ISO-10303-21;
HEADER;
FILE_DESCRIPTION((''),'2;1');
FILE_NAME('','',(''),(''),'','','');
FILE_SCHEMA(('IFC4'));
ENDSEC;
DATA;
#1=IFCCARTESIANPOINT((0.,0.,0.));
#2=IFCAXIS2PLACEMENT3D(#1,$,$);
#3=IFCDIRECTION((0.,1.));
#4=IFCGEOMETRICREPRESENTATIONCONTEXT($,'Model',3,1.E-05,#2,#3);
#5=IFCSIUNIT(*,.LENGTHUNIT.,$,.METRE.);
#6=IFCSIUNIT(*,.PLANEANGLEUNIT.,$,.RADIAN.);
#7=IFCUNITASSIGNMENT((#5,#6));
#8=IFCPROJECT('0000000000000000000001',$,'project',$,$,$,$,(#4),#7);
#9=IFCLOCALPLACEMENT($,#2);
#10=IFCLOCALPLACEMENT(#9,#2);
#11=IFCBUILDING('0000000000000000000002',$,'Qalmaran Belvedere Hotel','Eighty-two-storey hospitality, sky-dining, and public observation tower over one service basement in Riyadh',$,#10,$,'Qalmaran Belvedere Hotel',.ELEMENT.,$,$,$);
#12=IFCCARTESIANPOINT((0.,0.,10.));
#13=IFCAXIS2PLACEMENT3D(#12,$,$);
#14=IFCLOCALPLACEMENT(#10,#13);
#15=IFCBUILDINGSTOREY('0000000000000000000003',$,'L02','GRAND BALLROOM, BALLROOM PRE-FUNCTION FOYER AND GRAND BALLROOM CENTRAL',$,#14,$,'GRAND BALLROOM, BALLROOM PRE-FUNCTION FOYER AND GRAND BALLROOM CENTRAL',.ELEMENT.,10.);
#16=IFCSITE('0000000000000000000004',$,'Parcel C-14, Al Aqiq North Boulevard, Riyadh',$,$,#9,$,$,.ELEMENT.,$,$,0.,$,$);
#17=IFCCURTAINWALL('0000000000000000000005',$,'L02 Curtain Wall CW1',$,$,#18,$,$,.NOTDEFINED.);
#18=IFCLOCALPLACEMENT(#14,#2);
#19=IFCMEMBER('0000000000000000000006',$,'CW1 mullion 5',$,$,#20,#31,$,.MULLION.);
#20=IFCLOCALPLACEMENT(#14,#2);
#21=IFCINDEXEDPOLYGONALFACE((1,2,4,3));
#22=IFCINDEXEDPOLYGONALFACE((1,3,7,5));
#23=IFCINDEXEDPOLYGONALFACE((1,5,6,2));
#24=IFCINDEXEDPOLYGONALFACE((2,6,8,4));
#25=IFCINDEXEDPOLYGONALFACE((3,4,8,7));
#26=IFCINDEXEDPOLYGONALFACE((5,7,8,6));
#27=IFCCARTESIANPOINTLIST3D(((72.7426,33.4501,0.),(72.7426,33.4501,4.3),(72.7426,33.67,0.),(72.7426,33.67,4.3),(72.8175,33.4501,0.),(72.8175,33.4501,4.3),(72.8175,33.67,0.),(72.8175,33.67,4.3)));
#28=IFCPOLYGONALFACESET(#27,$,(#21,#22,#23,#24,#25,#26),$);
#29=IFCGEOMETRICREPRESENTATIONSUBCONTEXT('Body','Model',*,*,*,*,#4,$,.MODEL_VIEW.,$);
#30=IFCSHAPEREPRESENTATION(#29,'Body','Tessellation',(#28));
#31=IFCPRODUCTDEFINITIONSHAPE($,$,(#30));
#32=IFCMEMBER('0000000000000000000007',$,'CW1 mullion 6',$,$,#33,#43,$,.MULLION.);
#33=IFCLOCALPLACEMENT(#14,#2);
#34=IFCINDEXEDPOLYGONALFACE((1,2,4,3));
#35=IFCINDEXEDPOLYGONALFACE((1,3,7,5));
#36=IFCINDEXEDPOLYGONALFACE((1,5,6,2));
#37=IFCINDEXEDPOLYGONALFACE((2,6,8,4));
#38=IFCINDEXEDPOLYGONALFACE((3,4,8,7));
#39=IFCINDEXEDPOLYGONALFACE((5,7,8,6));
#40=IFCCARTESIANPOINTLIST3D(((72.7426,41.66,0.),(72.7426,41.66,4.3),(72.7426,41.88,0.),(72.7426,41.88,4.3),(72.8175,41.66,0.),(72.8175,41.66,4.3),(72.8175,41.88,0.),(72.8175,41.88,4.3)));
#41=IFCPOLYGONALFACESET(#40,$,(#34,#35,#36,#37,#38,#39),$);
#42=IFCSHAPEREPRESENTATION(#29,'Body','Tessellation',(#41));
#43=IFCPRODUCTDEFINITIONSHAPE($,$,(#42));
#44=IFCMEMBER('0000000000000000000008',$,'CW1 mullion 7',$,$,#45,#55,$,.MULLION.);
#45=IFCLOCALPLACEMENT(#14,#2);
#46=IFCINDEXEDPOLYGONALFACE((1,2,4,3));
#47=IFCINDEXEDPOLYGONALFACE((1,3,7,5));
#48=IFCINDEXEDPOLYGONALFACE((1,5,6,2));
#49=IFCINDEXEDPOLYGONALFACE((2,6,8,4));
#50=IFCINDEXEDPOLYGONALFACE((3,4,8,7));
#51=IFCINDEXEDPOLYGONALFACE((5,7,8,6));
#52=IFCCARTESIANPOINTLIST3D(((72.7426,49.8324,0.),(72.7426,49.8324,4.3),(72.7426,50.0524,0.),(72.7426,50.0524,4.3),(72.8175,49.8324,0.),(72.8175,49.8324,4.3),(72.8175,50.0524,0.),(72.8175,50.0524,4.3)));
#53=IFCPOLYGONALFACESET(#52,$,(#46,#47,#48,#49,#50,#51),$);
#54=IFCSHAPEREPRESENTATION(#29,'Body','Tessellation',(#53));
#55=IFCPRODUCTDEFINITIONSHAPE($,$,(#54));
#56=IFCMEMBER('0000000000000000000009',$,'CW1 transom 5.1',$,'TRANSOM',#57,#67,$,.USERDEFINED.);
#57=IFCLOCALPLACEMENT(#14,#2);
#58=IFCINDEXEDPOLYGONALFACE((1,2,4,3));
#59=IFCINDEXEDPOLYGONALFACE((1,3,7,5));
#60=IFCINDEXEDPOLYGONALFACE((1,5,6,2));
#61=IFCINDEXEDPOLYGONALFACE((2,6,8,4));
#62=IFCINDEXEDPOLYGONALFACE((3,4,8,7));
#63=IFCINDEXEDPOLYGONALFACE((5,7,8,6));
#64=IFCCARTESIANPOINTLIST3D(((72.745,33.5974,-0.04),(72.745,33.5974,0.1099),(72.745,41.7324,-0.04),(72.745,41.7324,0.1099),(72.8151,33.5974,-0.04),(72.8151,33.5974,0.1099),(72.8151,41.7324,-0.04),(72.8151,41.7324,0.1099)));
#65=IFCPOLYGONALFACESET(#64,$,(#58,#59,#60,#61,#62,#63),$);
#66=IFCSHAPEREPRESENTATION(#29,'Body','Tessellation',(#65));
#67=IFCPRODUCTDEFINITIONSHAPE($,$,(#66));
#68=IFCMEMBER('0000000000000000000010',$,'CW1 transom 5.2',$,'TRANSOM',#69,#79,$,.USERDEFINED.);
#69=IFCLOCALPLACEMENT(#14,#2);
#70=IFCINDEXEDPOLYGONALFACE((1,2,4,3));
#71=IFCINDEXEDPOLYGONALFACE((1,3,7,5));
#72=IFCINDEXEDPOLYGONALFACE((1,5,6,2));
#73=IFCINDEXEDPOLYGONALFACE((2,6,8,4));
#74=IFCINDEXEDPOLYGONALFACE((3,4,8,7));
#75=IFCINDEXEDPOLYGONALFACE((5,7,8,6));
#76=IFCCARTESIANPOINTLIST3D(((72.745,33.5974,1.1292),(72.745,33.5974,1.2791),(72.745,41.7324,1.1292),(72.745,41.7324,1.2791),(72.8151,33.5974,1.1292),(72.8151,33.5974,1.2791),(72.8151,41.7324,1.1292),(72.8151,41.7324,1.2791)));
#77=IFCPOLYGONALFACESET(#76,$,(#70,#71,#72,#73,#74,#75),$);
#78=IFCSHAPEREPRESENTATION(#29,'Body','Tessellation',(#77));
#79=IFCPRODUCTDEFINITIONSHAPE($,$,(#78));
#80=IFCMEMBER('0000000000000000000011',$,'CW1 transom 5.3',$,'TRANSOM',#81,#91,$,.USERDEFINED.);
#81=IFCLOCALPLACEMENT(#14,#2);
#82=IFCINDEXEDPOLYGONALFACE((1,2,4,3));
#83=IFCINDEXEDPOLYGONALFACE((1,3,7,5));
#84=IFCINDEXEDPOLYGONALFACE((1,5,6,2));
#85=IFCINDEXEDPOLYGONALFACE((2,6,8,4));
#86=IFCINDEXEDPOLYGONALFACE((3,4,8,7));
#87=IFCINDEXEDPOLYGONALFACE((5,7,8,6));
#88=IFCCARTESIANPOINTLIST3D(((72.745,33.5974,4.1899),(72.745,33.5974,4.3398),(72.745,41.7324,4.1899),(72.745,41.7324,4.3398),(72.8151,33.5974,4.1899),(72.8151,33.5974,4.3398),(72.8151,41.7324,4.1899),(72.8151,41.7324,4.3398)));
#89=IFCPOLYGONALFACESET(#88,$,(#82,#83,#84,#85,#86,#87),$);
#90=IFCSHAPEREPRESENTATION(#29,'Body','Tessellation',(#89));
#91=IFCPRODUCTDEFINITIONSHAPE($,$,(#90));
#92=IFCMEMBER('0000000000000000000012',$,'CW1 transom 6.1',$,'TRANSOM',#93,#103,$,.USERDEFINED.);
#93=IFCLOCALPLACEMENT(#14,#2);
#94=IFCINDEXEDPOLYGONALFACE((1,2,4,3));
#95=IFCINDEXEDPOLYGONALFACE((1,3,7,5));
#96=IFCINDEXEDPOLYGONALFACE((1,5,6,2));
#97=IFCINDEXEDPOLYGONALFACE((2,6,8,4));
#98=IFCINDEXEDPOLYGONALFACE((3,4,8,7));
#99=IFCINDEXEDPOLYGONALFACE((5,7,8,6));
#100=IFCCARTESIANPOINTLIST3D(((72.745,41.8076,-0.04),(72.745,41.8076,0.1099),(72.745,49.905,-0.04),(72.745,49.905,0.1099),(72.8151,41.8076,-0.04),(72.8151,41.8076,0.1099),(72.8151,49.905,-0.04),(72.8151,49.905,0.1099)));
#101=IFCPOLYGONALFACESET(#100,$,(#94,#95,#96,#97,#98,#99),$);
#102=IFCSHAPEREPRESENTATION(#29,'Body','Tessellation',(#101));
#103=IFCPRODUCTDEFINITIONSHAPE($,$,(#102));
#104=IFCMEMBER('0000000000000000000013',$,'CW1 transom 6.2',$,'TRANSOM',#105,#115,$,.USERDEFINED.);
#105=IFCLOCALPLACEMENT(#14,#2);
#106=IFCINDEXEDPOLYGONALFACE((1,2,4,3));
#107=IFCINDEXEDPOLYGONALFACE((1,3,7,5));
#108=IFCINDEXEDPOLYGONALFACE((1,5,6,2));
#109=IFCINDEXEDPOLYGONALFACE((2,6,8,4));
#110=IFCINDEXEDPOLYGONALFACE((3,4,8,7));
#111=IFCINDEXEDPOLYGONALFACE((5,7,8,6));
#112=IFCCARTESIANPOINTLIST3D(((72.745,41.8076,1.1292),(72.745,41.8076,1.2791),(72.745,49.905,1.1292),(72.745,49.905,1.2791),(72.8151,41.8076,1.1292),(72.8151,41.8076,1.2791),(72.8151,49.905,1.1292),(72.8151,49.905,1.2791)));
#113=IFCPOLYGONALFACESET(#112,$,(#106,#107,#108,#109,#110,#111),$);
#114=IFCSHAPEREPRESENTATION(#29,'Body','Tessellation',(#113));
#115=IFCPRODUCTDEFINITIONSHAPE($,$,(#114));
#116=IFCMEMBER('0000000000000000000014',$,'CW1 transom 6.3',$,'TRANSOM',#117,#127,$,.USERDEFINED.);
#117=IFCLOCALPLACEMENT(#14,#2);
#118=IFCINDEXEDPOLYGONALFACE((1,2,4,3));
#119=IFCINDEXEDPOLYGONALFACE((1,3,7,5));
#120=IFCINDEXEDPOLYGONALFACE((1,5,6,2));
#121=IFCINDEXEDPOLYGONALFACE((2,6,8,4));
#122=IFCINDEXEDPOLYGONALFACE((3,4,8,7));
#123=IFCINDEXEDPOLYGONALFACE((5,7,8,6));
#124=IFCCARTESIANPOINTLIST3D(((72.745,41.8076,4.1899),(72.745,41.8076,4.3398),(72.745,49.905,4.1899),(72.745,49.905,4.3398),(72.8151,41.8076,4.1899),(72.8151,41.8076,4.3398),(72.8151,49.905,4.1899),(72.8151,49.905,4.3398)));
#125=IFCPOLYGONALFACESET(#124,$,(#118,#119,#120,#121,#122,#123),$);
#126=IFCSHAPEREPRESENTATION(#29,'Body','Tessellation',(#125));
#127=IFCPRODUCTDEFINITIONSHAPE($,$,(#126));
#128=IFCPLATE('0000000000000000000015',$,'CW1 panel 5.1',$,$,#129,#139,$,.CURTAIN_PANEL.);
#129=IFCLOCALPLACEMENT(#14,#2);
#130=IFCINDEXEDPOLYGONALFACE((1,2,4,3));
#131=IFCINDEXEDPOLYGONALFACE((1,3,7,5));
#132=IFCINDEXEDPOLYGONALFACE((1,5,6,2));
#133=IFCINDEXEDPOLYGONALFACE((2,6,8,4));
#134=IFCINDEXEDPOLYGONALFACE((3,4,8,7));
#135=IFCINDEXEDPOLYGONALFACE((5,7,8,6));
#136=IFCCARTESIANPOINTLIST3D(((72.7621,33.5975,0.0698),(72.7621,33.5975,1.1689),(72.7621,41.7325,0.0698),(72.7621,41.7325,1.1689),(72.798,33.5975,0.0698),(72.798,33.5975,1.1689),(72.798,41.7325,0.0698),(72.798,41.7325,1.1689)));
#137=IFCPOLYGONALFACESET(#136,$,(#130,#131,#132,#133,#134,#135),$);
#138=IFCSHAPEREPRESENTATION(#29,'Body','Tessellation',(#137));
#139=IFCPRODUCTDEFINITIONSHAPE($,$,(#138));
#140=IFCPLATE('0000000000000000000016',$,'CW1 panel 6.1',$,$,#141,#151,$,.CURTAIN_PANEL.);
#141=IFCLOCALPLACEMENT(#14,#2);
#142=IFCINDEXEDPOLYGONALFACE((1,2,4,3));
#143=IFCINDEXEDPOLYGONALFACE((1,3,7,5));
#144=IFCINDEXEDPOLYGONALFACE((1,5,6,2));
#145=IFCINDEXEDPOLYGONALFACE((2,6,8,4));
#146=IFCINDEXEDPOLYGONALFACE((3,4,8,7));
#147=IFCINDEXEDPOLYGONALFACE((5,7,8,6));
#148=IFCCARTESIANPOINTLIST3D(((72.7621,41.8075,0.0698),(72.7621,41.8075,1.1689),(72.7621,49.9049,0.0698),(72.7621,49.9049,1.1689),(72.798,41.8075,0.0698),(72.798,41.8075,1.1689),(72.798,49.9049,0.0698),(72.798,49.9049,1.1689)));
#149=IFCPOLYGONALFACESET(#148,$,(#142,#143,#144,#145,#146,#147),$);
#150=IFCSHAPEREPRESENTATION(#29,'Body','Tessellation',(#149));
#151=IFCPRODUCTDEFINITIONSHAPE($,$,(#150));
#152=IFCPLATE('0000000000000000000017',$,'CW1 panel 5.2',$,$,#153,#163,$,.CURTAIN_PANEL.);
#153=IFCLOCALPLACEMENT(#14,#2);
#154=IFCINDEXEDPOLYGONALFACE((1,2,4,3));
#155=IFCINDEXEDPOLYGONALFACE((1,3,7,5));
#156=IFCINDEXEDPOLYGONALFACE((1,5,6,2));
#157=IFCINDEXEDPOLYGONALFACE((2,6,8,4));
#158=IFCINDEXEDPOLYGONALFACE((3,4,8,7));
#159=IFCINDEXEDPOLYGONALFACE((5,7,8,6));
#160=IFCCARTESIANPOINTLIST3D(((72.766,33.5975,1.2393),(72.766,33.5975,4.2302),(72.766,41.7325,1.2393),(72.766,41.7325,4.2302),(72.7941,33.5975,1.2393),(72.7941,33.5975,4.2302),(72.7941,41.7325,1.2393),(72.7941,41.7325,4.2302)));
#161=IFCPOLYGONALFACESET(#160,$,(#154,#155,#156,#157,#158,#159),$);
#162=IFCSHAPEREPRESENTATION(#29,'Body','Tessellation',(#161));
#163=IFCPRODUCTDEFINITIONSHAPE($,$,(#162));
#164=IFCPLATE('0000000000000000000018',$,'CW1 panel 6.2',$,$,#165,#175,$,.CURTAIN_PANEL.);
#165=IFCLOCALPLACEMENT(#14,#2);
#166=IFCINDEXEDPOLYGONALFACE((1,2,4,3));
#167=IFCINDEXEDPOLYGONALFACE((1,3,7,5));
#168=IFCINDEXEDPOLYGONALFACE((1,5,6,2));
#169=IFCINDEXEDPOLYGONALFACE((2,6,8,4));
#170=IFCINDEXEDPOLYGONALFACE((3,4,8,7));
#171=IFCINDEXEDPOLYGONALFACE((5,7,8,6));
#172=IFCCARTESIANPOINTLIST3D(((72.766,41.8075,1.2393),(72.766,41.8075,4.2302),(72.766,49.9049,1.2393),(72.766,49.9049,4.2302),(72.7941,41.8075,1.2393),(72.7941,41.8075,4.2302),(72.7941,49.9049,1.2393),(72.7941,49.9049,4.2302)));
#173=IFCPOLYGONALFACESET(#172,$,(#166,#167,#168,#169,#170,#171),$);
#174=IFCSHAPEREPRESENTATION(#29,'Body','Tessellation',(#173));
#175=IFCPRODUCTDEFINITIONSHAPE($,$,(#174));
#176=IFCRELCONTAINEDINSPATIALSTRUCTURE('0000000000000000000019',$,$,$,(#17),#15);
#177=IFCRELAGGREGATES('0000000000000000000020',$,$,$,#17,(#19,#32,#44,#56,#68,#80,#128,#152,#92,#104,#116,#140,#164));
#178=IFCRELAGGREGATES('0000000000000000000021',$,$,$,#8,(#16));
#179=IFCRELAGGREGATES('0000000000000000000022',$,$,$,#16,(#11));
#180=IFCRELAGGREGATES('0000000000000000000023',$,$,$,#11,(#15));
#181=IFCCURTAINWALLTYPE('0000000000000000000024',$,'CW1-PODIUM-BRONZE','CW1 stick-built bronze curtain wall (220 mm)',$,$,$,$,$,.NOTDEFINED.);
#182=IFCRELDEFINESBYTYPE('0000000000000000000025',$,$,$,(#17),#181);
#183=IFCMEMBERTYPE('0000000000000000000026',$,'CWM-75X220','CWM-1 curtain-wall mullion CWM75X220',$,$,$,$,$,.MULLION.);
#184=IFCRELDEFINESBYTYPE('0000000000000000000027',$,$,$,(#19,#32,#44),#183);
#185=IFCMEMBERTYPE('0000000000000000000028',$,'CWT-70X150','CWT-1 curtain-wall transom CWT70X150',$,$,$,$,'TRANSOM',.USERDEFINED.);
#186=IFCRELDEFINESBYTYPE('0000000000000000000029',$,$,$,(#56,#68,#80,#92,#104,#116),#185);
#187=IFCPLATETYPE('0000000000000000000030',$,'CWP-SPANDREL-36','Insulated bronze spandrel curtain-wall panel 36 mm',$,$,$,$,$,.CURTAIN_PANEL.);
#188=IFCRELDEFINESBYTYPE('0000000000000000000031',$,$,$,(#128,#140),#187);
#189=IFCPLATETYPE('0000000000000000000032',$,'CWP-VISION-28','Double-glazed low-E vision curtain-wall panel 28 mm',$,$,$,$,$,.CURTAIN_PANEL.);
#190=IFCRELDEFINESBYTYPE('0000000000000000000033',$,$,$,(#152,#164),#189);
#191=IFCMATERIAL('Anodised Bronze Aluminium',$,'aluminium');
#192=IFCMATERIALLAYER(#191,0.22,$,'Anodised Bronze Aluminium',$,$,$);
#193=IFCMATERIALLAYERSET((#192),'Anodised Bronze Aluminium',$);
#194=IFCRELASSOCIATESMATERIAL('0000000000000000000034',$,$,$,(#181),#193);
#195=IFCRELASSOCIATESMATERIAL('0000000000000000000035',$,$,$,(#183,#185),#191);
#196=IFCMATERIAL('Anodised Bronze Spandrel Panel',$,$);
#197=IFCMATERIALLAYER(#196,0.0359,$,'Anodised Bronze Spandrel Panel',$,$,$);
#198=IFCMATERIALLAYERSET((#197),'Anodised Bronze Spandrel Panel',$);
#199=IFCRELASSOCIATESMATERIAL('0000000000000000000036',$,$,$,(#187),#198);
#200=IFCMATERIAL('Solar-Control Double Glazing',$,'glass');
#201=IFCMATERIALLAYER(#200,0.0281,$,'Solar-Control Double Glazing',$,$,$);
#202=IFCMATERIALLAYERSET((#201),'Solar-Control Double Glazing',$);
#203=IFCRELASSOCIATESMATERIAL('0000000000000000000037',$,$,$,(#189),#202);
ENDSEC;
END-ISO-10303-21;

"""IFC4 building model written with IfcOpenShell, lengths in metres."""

from ifc_helpers import new_model, si_unit, direction, frame, origin, origin_2d, place, context, subcontext, project, spatial, rectangle, extrude, material, layer, layer_set, material_profile, profile_set, type_object, element, aggregate, save


model = new_model("IFC4")

# Units and contexts
model_context = context("Model", 3, precision=1e-05, world=origin(), true_north=direction((0.0, 1.0)))
body_context = subcontext(model_context, "Body", "Model", "MODEL_VIEW")
ifc_project = project(units=[si_unit("LENGTHUNIT", "METRE"), si_unit("PLANEANGLEUNIT", "RADIAN")], contexts=[model_context])

# Site, building, storey
site_placement = place(None, origin())
site = spatial("IfcSite", under=ifc_project, at=site_placement, Name="Parcel C-14, Al Aqiq North Boulevard, Riyadh", CompositionType="ELEMENT", RefElevation=0.0)
building_placement = place(site_placement, origin())
building = spatial("IfcBuilding", under=site, at=building_placement, Name="Qalmaran Belvedere Hotel", Description="Eighty-two-storey hospitality, sky-dining, and public observation tower over one service basement in Riyadh", LongName="Qalmaran Belvedere Hotel", CompositionType="ELEMENT")
storey_placement = place(building_placement, frame((0.0, 0.0, 10.0)))
storey = spatial("IfcBuildingStorey", under=building, at=storey_placement, Name="L02", Description="GRAND BALLROOM, BALLROOM PRE-FUNCTION FOYER AND GRAND BALLROOM CENTRAL", LongName="GRAND BALLROOM, BALLROOM PRE-FUNCTION FOYER AND GRAND BALLROOM CENTRAL", CompositionType="ELEMENT", Elevation=10.0)

# Curtain wall, members, plates
ifc_material_1 = material(Name="Anodised Bronze Aluminium", Category="aluminium")
ifc_layer_1 = layer(ifc_material_1, 0.22, Name="Anodised Bronze Aluminium")
ifc_layer_set_1 = layer_set([ifc_layer_1], Name="Anodised Bronze Aluminium")
curtain_wall_type = type_object("IfcCurtainWallType", Name="CW1-PODIUM-BRONZE", Description="CW1 stick-built bronze curtain wall (220 mm)", PredefinedType="NOTDEFINED", material=ifc_layer_set_1)
curtain_wall_placement = place(storey_placement, origin())
curtain_wall = element("IfcCurtainWall", 1, at=curtain_wall_placement, inside=storey, type_object=curtain_wall_type, Name="L02 Curtain Wall CW1", PredefinedType="NOTDEFINED")
ifc_material_profile_1 = material_profile(ifc_material_1, rectangle(XDim=0.075, YDim=0.22, at=origin_2d()), Name="CWM75X220")
ifc_profile_set_1 = profile_set([ifc_material_profile_1], Name="Anodised Bronze Aluminium")
member_type_1 = type_object("IfcMemberType", Name="CWM-75X220", Description="CWM-1 curtain-wall mullion CWM75X220", PredefinedType="MULLION", material=ifc_profile_set_1)
member_1_placement = place(storey_placement, frame((72.78, 33.5601, 0.0), z_axis=(0.0, 0.0, 1.0), x_axis=(-1.0, 0.0, 0.0)))
member_1 = element("IfcMember", 2, at=member_1_placement, type_object=member_type_1, Name="CW1 mullion 5", PredefinedType="MULLION", context=body_context, shape_type="SweptSolid", body=[
    extrude(rectangle(XDim=0.075, YDim=0.22, at=origin_2d()), origin(), (0.0, 0.0, 1.0), 4.3),
])
member_2_placement = place(storey_placement, frame((72.78, 41.77, 0.0), z_axis=(0.0, 0.0, 1.0), x_axis=(-1.0, 0.0, 0.0)))
member_2 = element("IfcMember", 3, at=member_2_placement, type_object=member_type_1, Name="CW1 mullion 6", PredefinedType="MULLION", context=body_context, shape_type="SweptSolid", body=[
    extrude(rectangle(XDim=0.075, YDim=0.22, at=origin_2d()), origin(), (0.0, 0.0, 1.0), 4.3),
])
member_3_placement = place(storey_placement, frame((72.78, 49.9424, 0.0), z_axis=(0.0, 0.0, 1.0), x_axis=(-1.0, 0.0, 0.0)))
member_3 = element("IfcMember", 4, at=member_3_placement, type_object=member_type_1, Name="CW1 mullion 7", PredefinedType="MULLION", context=body_context, shape_type="SweptSolid", body=[
    extrude(rectangle(XDim=0.075, YDim=0.22, at=origin_2d()), origin(), (0.0, 0.0, 1.0), 4.3),
])
ifc_material_profile_2 = material_profile(ifc_material_1, rectangle(XDim=0.0701, YDim=0.1499, at=origin_2d()), Name="CWT70X150")
ifc_profile_set_2 = profile_set([ifc_material_profile_2], Name="Anodised Bronze Aluminium")
member_type_2 = type_object("IfcMemberType", Name="CWT-70X150", Description="CWT-1 curtain-wall transom CWT70X150", ElementType="TRANSOM", PredefinedType="USERDEFINED", material=ifc_profile_set_2)
member_4_placement = place(storey_placement, frame((72.78, 33.5974, 0.0349), z_axis=(0.0, 1.0, 0.0), x_axis=(-1.0, 0.0, 0.0)))
member_4 = element("IfcMember", 5, at=member_4_placement, type_object=member_type_2, Name="CW1 transom 5.1", ObjectType="TRANSOM", PredefinedType="USERDEFINED", context=body_context, shape_type="SweptSolid", body=[
    extrude(rectangle(XDim=0.0701, YDim=0.1499, at=origin_2d()), origin(), (0.0, 0.0, 1.0), 8.135),
])
member_5_placement = place(storey_placement, frame((72.78, 33.5974, 1.2041), z_axis=(0.0, 1.0, 0.0), x_axis=(-1.0, 0.0, 0.0)))
member_5 = element("IfcMember", 6, at=member_5_placement, type_object=member_type_2, Name="CW1 transom 5.2", ObjectType="TRANSOM", PredefinedType="USERDEFINED", context=body_context, shape_type="SweptSolid", body=[
    extrude(rectangle(XDim=0.0701, YDim=0.1499, at=origin_2d()), origin(), (0.0, 0.0, 1.0), 8.135),
])
member_6_placement = place(storey_placement, frame((72.78, 33.5974, 4.2649), z_axis=(0.0, 1.0, 0.0), x_axis=(-1.0, 0.0, 0.0)))
member_6 = element("IfcMember", 7, at=member_6_placement, type_object=member_type_2, Name="CW1 transom 5.3", ObjectType="TRANSOM", PredefinedType="USERDEFINED", context=body_context, shape_type="SweptSolid", body=[
    extrude(rectangle(XDim=0.0701, YDim=0.1499, at=origin_2d()), origin(), (0.0, 0.0, 1.0), 8.135),
])
member_7_placement = place(storey_placement, frame((72.78, 41.8076, 0.0349), z_axis=(0.0, 1.0, 0.0), x_axis=(-1.0, 0.0, 0.0)))
member_7 = element("IfcMember", 8, at=member_7_placement, type_object=member_type_2, Name="CW1 transom 6.1", ObjectType="TRANSOM", PredefinedType="USERDEFINED", context=body_context, shape_type="SweptSolid", body=[
    extrude(rectangle(XDim=0.0701, YDim=0.1499, at=origin_2d()), origin(), (0.0, 0.0, 1.0), 8.0974),
])
member_8_placement = place(storey_placement, frame((72.78, 41.8076, 1.2041), z_axis=(0.0, 1.0, 0.0), x_axis=(-1.0, 0.0, 0.0)))
member_8 = element("IfcMember", 9, at=member_8_placement, type_object=member_type_2, Name="CW1 transom 6.2", ObjectType="TRANSOM", PredefinedType="USERDEFINED", context=body_context, shape_type="SweptSolid", body=[
    extrude(rectangle(XDim=0.0701, YDim=0.1499, at=origin_2d()), origin(), (0.0, 0.0, 1.0), 8.0974),
])
member_9_placement = place(storey_placement, frame((72.78, 41.8076, 4.2649), z_axis=(0.0, 1.0, 0.0), x_axis=(-1.0, 0.0, 0.0)))
member_9 = element("IfcMember", 10, at=member_9_placement, type_object=member_type_2, Name="CW1 transom 6.3", ObjectType="TRANSOM", PredefinedType="USERDEFINED", context=body_context, shape_type="SweptSolid", body=[
    extrude(rectangle(XDim=0.0701, YDim=0.1499, at=origin_2d()), origin(), (0.0, 0.0, 1.0), 8.0974),
])
ifc_material_2 = material(Name="Anodised Bronze Spandrel Panel")
ifc_layer_2 = layer(ifc_material_2, 0.0359, Name="Anodised Bronze Spandrel Panel")
ifc_layer_set_2 = layer_set([ifc_layer_2], Name="Anodised Bronze Spandrel Panel")
plate_type_1 = type_object("IfcPlateType", Name="CWP-SPANDREL-36", Description="Insulated bronze spandrel curtain-wall panel 36 mm", PredefinedType="CURTAIN_PANEL", material=ifc_layer_set_2)
plate_1_placement = place(storey_placement, frame((72.78, 37.665, 0.0698), z_axis=(0.0, 0.0, 1.0), x_axis=(0.0, 1.0, 0.0)))
plate_1 = element("IfcPlate", 11, at=plate_1_placement, type_object=plate_type_1, Name="CW1 panel 5.1", PredefinedType="CURTAIN_PANEL", context=body_context, shape_type="SweptSolid", body=[
    extrude(rectangle(XDim=8.135, YDim=0.0359, at=origin_2d()), origin(), (0.0, 0.0, 1.0), 1.0991),
])
plate_2_placement = place(storey_placement, frame((72.78, 45.8562, 0.0698), z_axis=(0.0, 0.0, 1.0), x_axis=(0.0, 1.0, 0.0)))
plate_2 = element("IfcPlate", 12, at=plate_2_placement, type_object=plate_type_1, Name="CW1 panel 6.1", PredefinedType="CURTAIN_PANEL", context=body_context, shape_type="SweptSolid", body=[
    extrude(rectangle(XDim=8.0974, YDim=0.0359, at=origin_2d()), origin(), (0.0, 0.0, 1.0), 1.0991),
])
ifc_material_3 = material(Name="Solar-Control Double Glazing", Category="glass")
ifc_layer_3 = layer(ifc_material_3, 0.0281, Name="Solar-Control Double Glazing")
ifc_layer_set_3 = layer_set([ifc_layer_3], Name="Solar-Control Double Glazing")
plate_type_2 = type_object("IfcPlateType", Name="CWP-VISION-28", Description="Double-glazed low-E vision curtain-wall panel 28 mm", PredefinedType="CURTAIN_PANEL", material=ifc_layer_set_3)
plate_3_placement = place(storey_placement, frame((72.78, 37.665, 1.2393), z_axis=(0.0, 0.0, 1.0), x_axis=(0.0, 1.0, 0.0)))
plate_3 = element("IfcPlate", 13, at=plate_3_placement, type_object=plate_type_2, Name="CW1 panel 5.2", PredefinedType="CURTAIN_PANEL", context=body_context, shape_type="SweptSolid", body=[
    extrude(rectangle(XDim=8.135, YDim=0.0281, at=origin_2d()), origin(), (0.0, 0.0, 1.0), 2.991),
])
plate_4_placement = place(storey_placement, frame((72.78, 45.8562, 1.2393), z_axis=(0.0, 0.0, 1.0), x_axis=(0.0, 1.0, 0.0)))
plate_4 = element("IfcPlate", 14, at=plate_4_placement, type_object=plate_type_2, Name="CW1 panel 6.2", PredefinedType="CURTAIN_PANEL", context=body_context, shape_type="SweptSolid", body=[
    extrude(rectangle(XDim=8.0974, YDim=0.0281, at=origin_2d()), origin(), (0.0, 0.0, 1.0), 2.991),
])
aggregate(curtain_wall, [member_1, member_2, member_3, member_4, member_5, member_6, plate_1, plate_3, member_7, member_8, member_9, plate_2, plate_4])

save(model, "model.ifc")
